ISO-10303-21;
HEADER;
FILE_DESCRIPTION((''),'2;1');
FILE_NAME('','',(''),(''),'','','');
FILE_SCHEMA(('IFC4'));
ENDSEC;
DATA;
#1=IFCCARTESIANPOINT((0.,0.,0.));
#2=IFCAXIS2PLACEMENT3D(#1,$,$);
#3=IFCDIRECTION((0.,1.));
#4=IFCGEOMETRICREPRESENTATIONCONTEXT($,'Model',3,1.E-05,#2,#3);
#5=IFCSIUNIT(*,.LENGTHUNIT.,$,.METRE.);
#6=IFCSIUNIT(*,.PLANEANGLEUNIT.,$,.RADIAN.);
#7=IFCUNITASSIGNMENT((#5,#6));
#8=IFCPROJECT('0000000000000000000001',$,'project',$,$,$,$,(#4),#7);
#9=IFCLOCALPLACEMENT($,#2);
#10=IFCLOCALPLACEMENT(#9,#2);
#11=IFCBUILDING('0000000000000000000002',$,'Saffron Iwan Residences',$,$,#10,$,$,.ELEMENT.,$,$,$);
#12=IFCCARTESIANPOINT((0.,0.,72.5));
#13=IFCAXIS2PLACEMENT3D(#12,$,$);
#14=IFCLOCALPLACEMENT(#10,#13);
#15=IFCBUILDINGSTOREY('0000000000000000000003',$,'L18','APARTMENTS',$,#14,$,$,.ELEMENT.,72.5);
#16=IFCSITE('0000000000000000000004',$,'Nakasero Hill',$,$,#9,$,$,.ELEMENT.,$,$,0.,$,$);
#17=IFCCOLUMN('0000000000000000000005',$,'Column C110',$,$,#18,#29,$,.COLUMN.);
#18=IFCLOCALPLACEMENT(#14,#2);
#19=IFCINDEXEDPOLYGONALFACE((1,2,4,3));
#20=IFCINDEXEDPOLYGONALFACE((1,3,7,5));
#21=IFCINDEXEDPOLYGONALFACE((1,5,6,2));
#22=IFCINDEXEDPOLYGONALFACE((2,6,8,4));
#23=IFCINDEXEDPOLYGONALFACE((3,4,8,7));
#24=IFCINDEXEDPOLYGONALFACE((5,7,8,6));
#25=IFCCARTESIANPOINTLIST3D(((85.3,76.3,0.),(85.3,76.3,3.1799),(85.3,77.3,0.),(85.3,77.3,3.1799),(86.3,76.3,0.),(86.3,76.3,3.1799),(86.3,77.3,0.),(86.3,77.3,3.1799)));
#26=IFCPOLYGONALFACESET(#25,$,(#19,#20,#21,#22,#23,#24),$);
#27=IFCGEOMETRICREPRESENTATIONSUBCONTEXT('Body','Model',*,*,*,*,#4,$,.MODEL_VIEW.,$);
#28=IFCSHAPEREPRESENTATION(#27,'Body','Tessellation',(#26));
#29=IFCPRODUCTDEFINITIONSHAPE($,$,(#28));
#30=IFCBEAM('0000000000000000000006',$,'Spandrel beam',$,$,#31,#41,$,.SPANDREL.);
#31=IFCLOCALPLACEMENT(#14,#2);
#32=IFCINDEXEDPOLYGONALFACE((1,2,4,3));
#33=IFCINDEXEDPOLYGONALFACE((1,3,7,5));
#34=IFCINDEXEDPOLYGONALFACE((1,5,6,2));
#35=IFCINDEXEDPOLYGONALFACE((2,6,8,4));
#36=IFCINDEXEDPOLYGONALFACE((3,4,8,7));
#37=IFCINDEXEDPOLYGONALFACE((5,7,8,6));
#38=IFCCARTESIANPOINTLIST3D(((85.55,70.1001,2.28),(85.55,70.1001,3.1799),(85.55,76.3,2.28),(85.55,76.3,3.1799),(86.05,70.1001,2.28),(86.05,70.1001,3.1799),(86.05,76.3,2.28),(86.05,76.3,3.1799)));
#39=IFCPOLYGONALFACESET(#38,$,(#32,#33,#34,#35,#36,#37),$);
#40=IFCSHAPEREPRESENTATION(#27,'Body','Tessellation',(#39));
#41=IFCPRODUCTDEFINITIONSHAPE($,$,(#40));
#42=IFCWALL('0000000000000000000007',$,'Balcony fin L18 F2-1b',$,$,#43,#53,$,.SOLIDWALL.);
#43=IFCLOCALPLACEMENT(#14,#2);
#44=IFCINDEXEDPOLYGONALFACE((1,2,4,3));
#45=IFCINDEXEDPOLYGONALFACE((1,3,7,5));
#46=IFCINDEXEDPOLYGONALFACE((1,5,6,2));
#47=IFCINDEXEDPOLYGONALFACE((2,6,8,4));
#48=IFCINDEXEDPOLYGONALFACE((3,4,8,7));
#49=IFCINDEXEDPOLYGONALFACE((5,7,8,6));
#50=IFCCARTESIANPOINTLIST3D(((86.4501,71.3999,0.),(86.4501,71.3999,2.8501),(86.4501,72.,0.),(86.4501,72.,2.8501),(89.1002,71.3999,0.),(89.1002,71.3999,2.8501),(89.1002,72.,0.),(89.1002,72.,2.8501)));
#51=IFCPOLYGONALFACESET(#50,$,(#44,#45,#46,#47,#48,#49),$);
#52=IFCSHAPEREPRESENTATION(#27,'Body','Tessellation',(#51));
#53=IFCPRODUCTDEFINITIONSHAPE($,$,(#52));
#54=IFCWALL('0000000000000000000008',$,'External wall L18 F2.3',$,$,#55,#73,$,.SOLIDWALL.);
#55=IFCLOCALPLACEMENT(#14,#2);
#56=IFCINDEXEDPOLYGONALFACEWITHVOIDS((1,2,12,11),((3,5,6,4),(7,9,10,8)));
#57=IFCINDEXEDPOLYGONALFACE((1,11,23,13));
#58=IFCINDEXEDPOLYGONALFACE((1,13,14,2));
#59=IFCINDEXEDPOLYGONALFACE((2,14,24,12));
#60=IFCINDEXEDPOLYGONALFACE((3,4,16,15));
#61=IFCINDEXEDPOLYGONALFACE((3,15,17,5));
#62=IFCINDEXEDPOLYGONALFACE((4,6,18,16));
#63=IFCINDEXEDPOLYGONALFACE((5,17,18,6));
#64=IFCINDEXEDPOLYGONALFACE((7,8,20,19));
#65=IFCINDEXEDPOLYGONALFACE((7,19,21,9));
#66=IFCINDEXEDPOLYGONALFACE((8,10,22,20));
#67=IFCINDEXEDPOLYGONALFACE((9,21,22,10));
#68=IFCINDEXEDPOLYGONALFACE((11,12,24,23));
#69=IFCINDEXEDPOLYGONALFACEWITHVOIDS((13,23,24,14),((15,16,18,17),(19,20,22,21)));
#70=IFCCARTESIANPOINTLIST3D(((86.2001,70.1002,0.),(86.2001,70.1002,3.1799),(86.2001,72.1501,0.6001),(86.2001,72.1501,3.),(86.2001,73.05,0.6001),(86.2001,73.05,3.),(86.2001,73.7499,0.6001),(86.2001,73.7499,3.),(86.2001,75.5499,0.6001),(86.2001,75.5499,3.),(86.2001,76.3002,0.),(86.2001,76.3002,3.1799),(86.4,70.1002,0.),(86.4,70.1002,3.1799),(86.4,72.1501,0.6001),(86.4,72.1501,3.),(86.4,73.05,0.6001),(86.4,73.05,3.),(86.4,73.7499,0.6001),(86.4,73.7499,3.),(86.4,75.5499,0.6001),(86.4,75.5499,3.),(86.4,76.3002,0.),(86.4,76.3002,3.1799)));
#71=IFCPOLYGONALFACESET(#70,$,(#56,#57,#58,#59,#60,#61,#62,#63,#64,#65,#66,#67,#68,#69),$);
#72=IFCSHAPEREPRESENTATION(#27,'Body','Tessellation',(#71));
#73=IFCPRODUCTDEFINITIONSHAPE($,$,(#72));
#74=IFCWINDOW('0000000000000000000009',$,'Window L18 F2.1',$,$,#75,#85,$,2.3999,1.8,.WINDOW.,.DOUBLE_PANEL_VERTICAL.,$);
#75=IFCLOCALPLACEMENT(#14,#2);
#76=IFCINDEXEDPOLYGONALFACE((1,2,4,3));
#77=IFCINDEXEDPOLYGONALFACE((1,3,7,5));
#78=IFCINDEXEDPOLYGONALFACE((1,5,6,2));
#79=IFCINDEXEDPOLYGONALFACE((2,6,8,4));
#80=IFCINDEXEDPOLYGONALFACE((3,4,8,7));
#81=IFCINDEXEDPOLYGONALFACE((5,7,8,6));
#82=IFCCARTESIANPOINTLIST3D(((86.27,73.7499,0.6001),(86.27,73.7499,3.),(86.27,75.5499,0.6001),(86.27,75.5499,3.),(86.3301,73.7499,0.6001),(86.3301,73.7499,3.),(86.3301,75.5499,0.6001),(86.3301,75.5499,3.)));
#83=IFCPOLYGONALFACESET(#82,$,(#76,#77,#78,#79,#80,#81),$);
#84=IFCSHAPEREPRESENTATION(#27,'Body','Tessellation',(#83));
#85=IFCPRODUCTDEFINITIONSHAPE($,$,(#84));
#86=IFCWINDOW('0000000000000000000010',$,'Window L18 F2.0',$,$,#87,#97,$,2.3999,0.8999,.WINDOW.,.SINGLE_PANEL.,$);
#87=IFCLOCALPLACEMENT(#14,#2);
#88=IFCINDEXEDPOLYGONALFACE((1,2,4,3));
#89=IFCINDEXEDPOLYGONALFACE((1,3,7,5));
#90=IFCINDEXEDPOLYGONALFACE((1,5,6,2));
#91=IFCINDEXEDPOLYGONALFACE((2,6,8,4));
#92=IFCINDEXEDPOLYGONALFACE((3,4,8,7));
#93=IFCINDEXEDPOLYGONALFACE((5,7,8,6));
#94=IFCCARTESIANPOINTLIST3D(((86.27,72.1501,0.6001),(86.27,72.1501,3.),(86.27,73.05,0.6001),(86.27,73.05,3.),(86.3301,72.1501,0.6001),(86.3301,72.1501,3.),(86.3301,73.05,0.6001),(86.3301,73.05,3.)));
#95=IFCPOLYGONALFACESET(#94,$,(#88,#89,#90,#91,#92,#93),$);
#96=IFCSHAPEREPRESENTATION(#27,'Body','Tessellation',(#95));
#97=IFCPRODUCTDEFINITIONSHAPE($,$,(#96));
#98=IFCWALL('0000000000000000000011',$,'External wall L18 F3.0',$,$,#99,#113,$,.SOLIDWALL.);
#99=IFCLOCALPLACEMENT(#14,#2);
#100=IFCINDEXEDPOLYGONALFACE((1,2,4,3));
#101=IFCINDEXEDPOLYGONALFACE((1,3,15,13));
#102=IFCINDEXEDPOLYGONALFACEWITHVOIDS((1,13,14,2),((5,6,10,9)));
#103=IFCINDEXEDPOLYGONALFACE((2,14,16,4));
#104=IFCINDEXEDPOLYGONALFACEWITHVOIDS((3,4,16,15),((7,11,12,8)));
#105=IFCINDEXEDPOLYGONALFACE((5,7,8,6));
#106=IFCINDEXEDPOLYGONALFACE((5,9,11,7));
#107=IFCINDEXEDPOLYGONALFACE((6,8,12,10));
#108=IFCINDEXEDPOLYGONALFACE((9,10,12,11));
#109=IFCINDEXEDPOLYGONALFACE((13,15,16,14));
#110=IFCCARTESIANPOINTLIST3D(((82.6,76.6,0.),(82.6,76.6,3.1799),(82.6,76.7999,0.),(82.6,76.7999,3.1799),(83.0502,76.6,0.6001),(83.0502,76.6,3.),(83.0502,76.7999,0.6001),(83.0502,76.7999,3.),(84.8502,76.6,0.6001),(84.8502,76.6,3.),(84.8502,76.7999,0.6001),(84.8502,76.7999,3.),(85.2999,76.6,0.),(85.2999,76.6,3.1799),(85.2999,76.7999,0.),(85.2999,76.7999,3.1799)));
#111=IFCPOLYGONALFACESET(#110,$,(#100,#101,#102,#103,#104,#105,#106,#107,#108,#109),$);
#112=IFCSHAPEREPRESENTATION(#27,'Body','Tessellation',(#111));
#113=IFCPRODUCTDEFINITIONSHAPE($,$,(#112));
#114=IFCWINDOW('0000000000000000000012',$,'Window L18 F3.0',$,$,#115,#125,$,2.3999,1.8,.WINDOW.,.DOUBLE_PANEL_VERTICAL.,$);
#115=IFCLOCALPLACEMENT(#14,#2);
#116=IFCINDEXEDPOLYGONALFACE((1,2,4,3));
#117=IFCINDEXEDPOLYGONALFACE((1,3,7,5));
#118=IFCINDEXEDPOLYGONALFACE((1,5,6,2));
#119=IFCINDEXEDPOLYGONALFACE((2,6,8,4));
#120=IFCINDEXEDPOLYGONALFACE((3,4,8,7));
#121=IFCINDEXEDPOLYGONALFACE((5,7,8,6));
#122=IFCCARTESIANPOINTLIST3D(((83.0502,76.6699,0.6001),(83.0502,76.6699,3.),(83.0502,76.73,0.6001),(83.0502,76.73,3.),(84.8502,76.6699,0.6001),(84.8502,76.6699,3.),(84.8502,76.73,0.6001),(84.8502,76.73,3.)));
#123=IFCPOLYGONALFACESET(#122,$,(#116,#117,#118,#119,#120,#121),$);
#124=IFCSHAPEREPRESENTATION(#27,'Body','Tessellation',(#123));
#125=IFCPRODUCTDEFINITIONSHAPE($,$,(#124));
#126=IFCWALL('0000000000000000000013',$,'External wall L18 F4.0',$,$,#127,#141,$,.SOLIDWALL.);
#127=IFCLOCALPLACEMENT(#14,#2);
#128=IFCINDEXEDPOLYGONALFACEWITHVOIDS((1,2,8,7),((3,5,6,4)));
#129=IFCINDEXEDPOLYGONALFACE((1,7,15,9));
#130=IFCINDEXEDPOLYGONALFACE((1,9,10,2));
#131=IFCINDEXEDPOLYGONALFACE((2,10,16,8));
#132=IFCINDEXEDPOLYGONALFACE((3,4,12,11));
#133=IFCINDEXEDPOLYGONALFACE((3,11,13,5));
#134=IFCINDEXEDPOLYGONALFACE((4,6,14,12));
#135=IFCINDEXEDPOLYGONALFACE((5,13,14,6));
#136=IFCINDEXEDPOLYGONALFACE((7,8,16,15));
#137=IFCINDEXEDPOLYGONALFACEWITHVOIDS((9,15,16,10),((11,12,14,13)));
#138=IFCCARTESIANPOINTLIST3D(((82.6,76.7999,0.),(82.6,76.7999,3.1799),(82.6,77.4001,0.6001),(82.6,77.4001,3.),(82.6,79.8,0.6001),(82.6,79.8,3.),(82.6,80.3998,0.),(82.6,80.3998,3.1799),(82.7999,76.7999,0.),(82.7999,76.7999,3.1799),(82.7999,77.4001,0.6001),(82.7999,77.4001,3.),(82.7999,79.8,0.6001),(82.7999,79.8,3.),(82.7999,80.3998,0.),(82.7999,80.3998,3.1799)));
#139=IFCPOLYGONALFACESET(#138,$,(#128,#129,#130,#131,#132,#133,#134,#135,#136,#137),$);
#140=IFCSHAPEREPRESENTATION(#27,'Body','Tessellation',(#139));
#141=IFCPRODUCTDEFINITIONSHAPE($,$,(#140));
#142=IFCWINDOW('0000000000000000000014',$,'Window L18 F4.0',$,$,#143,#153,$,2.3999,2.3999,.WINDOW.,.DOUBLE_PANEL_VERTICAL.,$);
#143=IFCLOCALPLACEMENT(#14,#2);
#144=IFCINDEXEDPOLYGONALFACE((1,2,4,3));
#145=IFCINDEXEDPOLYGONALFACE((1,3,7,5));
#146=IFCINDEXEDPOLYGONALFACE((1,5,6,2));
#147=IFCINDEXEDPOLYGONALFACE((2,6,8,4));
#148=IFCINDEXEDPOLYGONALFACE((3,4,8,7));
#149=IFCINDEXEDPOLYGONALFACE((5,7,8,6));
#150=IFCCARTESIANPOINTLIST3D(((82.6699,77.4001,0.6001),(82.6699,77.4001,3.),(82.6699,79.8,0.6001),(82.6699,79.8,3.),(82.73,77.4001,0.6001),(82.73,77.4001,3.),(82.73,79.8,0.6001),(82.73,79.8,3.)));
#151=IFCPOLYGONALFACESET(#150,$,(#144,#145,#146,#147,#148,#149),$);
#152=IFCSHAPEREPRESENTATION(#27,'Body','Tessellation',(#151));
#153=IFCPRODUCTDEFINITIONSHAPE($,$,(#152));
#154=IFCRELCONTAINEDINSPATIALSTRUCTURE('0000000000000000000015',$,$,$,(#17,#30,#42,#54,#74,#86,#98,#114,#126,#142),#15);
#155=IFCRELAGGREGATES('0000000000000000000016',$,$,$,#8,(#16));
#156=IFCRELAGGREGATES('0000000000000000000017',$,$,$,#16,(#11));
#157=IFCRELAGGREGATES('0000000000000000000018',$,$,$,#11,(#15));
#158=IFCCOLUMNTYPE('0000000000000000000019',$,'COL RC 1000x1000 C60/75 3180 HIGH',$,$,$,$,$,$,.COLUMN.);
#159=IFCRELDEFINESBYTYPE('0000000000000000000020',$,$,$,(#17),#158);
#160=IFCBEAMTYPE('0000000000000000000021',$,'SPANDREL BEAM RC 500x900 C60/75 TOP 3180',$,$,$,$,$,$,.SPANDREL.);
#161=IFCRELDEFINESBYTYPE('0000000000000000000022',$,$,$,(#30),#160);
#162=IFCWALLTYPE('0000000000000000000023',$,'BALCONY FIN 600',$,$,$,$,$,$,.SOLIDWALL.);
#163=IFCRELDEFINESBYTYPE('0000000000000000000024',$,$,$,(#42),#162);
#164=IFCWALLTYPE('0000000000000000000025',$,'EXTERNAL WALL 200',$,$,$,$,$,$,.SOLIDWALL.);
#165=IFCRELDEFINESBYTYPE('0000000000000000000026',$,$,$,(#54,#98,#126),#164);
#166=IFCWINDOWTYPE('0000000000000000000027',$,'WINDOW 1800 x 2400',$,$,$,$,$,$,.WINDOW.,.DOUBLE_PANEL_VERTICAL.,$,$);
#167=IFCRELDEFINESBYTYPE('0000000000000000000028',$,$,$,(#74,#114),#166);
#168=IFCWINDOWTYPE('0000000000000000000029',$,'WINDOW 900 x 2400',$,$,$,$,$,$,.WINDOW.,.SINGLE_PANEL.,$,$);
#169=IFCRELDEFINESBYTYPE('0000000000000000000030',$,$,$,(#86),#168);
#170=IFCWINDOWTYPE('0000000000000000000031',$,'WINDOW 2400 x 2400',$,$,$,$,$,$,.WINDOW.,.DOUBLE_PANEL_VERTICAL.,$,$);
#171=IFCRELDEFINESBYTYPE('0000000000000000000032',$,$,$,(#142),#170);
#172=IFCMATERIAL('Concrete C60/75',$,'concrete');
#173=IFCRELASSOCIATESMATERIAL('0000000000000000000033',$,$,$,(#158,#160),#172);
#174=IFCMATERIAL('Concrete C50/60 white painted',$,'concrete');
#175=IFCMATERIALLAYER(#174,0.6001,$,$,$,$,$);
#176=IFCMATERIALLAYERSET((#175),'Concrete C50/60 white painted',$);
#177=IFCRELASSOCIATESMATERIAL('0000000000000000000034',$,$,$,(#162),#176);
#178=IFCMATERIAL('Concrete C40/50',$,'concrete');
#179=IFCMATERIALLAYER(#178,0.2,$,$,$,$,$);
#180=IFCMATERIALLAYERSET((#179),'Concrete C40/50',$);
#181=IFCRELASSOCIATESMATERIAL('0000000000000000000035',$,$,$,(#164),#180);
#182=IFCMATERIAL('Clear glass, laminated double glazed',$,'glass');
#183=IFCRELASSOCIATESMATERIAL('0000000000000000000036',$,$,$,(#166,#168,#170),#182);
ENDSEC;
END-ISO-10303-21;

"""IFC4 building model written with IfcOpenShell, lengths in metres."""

from ifc_helpers import new_model, si_unit, direction, frame, frame_2d, origin, origin_2d, place, context, subcontext, project, spatial, rectangle, extrude, source, transform, mapped, material, layer, layer_set, material_profile, profile_set, type_object, element, fill, save


model = new_model("IFC4")

# Units and contexts
model_context = context("Model", 3, precision=1e-05, world=origin(), true_north=direction((0.0, 1.0)))
body_context = subcontext(model_context, "Body", "Model", "MODEL_VIEW")
ifc_project = project(units=[si_unit("LENGTHUNIT", "METRE"), si_unit("PLANEANGLEUNIT", "RADIAN")], contexts=[model_context])

# Site, building, storey
site_placement = place(None, origin())
site = spatial("IfcSite", under=ifc_project, at=site_placement, Name="Nakasero Hill", CompositionType="ELEMENT", RefElevation=0.0)
building_placement = place(site_placement, origin())
building = spatial("IfcBuilding", under=site, at=building_placement, Name="Saffron Iwan Residences", CompositionType="ELEMENT")
storey_placement = place(building_placement, frame((0.0, 0.0, 72.5)))
storey = spatial("IfcBuildingStorey", under=building, at=storey_placement, Name="L18", Description="APARTMENTS", CompositionType="ELEMENT", Elevation=72.5)

# Column
ifc_material_1 = material(Name="Concrete C60/75", Category="concrete")
ifc_material_profile_1 = material_profile(ifc_material_1, rectangle(XDim=1.0, YDim=1.0, at=origin_2d()), Name="RC 1000x1000")
ifc_profile_set_1 = profile_set([ifc_material_profile_1], Name="Concrete C60/75")
column_type = type_object("IfcColumnType", Name="COL RC 1000x1000 C60/75 3180 HIGH", PredefinedType="COLUMN", material=ifc_profile_set_1)
shared_shape_1 = source(origin(), body_context, "Body", "SweptSolid", [
    extrude(rectangle(XDim=1.0, YDim=1.0, at=origin_2d()), origin(), (0.0, 0.0, 1.0), 3.1799),
])
column_placement = place(storey_placement, frame((85.8, 76.8, 0.0), z_axis=(0.0, 0.0, 1.0), x_axis=(1.0, 0.0, 0.0)))
element("IfcColumn", 1, at=column_placement, inside=storey, type_object=column_type, Name="Column C110", PredefinedType="COLUMN", context=body_context, shape_type="MappedRepresentation", body=[
    mapped(shared_shape_1, transform((0.0, 0.0, 0.0))),
])

# Beam
ifc_material_profile_2 = material_profile(ifc_material_1, rectangle(XDim=0.5, YDim=0.8999, at=origin_2d()), Name="RC 500x900")
ifc_profile_set_2 = profile_set([ifc_material_profile_2], Name="Concrete C60/75")
beam_type = type_object("IfcBeamType", Name="SPANDREL BEAM RC 500x900 C60/75 TOP 3180", PredefinedType="SPANDREL", material=ifc_profile_set_2)
shared_shape_2 = source(origin(), body_context, "Body", "SweptSolid", [
    extrude(rectangle(XDim=0.5, YDim=0.8999, at=origin_2d()), origin(), (0.0, 0.0, 1.0), 6.2),
])
beam_placement = place(storey_placement, frame((85.8, 76.3, 2.73), z_axis=(0.0, -1.0, 0.0), x_axis=(1.0, 0.0, 0.0)))
element("IfcBeam", 2, at=beam_placement, inside=storey, type_object=beam_type, Name="Spandrel beam", PredefinedType="SPANDREL", context=body_context, shape_type="MappedRepresentation", body=[
    mapped(shared_shape_2, transform((0.0, 0.0, 0.0))),
])

# Wall
ifc_material_2 = material(Name="Concrete C50/60 white painted", Category="concrete")
ifc_layer_1 = layer(ifc_material_2, 0.6001)
ifc_layer_set_1 = layer_set([ifc_layer_1], Name="Concrete C50/60 white painted")
wall_type_1 = type_object("IfcWallType", Name="BALCONY FIN 600", PredefinedType="SOLIDWALL", material=ifc_layer_set_1)
wall_1_placement = place(storey_placement, frame((86.45, 71.7, 0.0), z_axis=(0.0, 0.0, 1.0), x_axis=(1.0, 0.0, 0.0)))
element("IfcWall", 3, at=wall_1_placement, inside=storey, type_object=wall_type_1, Name="Balcony fin L18 F2-1b", PredefinedType="SOLIDWALL", context=body_context, shape_type="SweptSolid", body=[
    extrude(rectangle(XDim=2.6501, YDim=0.6001, at=frame_2d((1.3252, 0.0))), origin(), (0.0, 0.0, 1.0), 2.8501),
])

# Wall, openings, windows
ifc_material_3 = material(Name="Concrete C40/50", Category="concrete")
ifc_layer_2 = layer(ifc_material_3, 0.2)
ifc_layer_set_2 = layer_set([ifc_layer_2], Name="Concrete C40/50")
wall_type_2 = type_object("IfcWallType", Name="EXTERNAL WALL 200", PredefinedType="SOLIDWALL", material=ifc_layer_set_2)
wall_2_placement = place(storey_placement, frame((86.3, 70.1001, 0.0), z_axis=(0.0, 0.0, 1.0), x_axis=(0.0, 1.0, 0.0)))
wall_2 = element("IfcWall", 4, at=wall_2_placement, inside=storey, type_object=wall_type_2, Name="External wall L18 F2.3", PredefinedType="SOLIDWALL", context=body_context, shape_type="SweptSolid", body=[
    extrude(rectangle(XDim=6.2, YDim=0.2, at=frame_2d((3.1001, 0.0))), origin(), (0.0, 0.0, 1.0), 3.1799),
])
opening_1_placement = place(wall_2_placement, frame((2.05, 0.0, 0.6001)))
opening_1 = element("IfcOpeningElement", 5, at=opening_1_placement, cuts=wall_2, PredefinedType="OPENING", context=body_context, shape_type="SweptSolid", body=[
    extrude(rectangle(XDim=0.8999, YDim=2.3999, at=frame_2d((0.45, 1.2))), frame((0.0, 0.1099, 0.0), z_axis=(0.0, -1.0, 0.0), x_axis=(1.0, 0.0, 0.0)), (0.0, 0.0, 1.0), 0.22),
])
opening_2_placement = place(wall_2_placement, frame((3.6499, 0.0, 0.6001)))
opening_2 = element("IfcOpeningElement", 6, at=opening_2_placement, cuts=wall_2, PredefinedType="OPENING", context=body_context, shape_type="SweptSolid", body=[
    extrude(rectangle(XDim=1.8, YDim=2.3999, at=frame_2d((0.8999, 1.2))), frame((0.0, 0.1099, 0.0), z_axis=(0.0, -1.0, 0.0), x_axis=(1.0, 0.0, 0.0)), (0.0, 0.0, 1.0), 0.22),
])
ifc_material_4 = material(Name="Clear glass, laminated double glazed", Category="glass")
window_type_1 = type_object("IfcWindowType", Name="WINDOW 1800 x 2400", PartitioningType="DOUBLE_PANEL_VERTICAL", PredefinedType="WINDOW", material=ifc_material_4)
window_1_placement = place(opening_2_placement, origin())
window_1 = element("IfcWindow", 7, at=window_1_placement, inside=storey, type_object=window_type_1, Name="Window L18 F2.1", OverallHeight=2.3999, OverallWidth=1.8, PartitioningType="DOUBLE_PANEL_VERTICAL", PredefinedType="WINDOW", context=body_context, shape_type="SweptSolid", body=[
    extrude(rectangle(XDim=1.8, YDim=2.3999, at=frame_2d((0.8999, 1.2))), frame((0.0, 0.03, 0.0), z_axis=(0.0, -1.0, 0.0), x_axis=(1.0, 0.0, 0.0)), (0.0, 0.0, 1.0), 0.0601),
])
fill(opening_2, window_1)
window_type_2 = type_object("IfcWindowType", Name="WINDOW 900 x 2400", PartitioningType="SINGLE_PANEL", PredefinedType="WINDOW", material=ifc_material_4)
window_2_placement = place(opening_1_placement, origin())
window_2 = element("IfcWindow", 8, at=window_2_placement, inside=storey, type_object=window_type_2, Name="Window L18 F2.0", OverallHeight=2.3999, OverallWidth=0.8999, PartitioningType="SINGLE_PANEL", PredefinedType="WINDOW", context=body_context, shape_type="SweptSolid", body=[
    extrude(rectangle(XDim=0.8999, YDim=2.3999, at=frame_2d((0.45, 1.2))), frame((0.0, 0.03, 0.0), z_axis=(0.0, -1.0, 0.0), x_axis=(1.0, 0.0, 0.0)), (0.0, 0.0, 1.0), 0.0601),
])
fill(opening_1, window_2)

# Walls, openings, windows
wall_3_placement = place(storey_placement, frame((85.3, 76.7, 0.0), z_axis=(0.0, 0.0, 1.0), x_axis=(-1.0, 0.0, 0.0)))
wall_3 = element("IfcWall", 9, at=wall_3_placement, inside=storey, type_object=wall_type_2, Name="External wall L18 F3.0", PredefinedType="SOLIDWALL", context=body_context, shape_type="SweptSolid", body=[
    extrude(rectangle(XDim=2.7, YDim=0.2, at=frame_2d((1.3501, 0.0))), origin(), (0.0, 0.0, 1.0), 3.1799),
])
opening_3_placement = place(wall_3_placement, frame((0.45, 0.0, 0.6001)))
opening_3 = element("IfcOpeningElement", 10, at=opening_3_placement, cuts=wall_3, PredefinedType="OPENING", context=body_context, shape_type="SweptSolid", body=[
    extrude(rectangle(XDim=1.8, YDim=2.3999, at=frame_2d((0.8999, 1.2))), frame((0.0, 0.1099, 0.0), z_axis=(0.0, -1.0, 0.0), x_axis=(1.0, 0.0, 0.0)), (0.0, 0.0, 1.0), 0.22),
])
window_3_placement = place(opening_3_placement, origin())
window_3 = element("IfcWindow", 11, at=window_3_placement, inside=storey, type_object=window_type_1, Name="Window L18 F3.0", OverallHeight=2.3999, OverallWidth=1.8, PartitioningType="DOUBLE_PANEL_VERTICAL", PredefinedType="WINDOW", context=body_context, shape_type="SweptSolid", body=[
    extrude(rectangle(XDim=1.8, YDim=2.3999, at=frame_2d((0.8999, 1.2))), frame((0.0, 0.03, 0.0), z_axis=(0.0, -1.0, 0.0), x_axis=(1.0, 0.0, 0.0)), (0.0, 0.0, 1.0), 0.0601),
])
fill(opening_3, window_3)
wall_4_placement = place(storey_placement, frame((82.7, 76.8, 0.0), z_axis=(0.0, 0.0, 1.0), x_axis=(0.0, 1.0, 0.0)))
wall_4 = element("IfcWall", 12, at=wall_4_placement, inside=storey, type_object=wall_type_2, Name="External wall L18 F4.0", PredefinedType="SOLIDWALL", context=body_context, shape_type="SweptSolid", body=[
    extrude(rectangle(XDim=3.5999, YDim=0.2, at=frame_2d((1.7998, 0.0))), origin(), (0.0, 0.0, 1.0), 3.1799),
])
opening_4_placement = place(wall_4_placement, frame((0.6001, 0.0, 0.6001)))
opening_4 = element("IfcOpeningElement", 13, at=opening_4_placement, cuts=wall_4, PredefinedType="OPENING", context=body_context, shape_type="SweptSolid", body=[
    extrude(rectangle(XDim=2.3999, YDim=2.3999, at=frame_2d((1.2, 1.2))), frame((0.0, 0.1099, 0.0), z_axis=(0.0, -1.0, 0.0), x_axis=(1.0, 0.0, 0.0)), (0.0, 0.0, 1.0), 0.22),
])
window_type_3 = type_object("IfcWindowType", Name="WINDOW 2400 x 2400", PartitioningType="DOUBLE_PANEL_VERTICAL", PredefinedType="WINDOW", material=ifc_material_4)
window_4_placement = place(opening_4_placement, origin())
window_4 = element("IfcWindow", 14, at=window_4_placement, inside=storey, type_object=window_type_3, Name="Window L18 F4.0", OverallHeight=2.3999, OverallWidth=2.3999, PartitioningType="DOUBLE_PANEL_VERTICAL", PredefinedType="WINDOW", context=body_context, shape_type="SweptSolid", body=[
    extrude(rectangle(XDim=2.3999, YDim=2.3999, at=frame_2d((1.2, 1.2))), frame((0.0, 0.03, 0.0), z_axis=(0.0, -1.0, 0.0), x_axis=(1.0, 0.0, 0.0)), (0.0, 0.0, 1.0), 0.0601),
])
fill(opening_4, window_4)

save(model, "model.ifc")
